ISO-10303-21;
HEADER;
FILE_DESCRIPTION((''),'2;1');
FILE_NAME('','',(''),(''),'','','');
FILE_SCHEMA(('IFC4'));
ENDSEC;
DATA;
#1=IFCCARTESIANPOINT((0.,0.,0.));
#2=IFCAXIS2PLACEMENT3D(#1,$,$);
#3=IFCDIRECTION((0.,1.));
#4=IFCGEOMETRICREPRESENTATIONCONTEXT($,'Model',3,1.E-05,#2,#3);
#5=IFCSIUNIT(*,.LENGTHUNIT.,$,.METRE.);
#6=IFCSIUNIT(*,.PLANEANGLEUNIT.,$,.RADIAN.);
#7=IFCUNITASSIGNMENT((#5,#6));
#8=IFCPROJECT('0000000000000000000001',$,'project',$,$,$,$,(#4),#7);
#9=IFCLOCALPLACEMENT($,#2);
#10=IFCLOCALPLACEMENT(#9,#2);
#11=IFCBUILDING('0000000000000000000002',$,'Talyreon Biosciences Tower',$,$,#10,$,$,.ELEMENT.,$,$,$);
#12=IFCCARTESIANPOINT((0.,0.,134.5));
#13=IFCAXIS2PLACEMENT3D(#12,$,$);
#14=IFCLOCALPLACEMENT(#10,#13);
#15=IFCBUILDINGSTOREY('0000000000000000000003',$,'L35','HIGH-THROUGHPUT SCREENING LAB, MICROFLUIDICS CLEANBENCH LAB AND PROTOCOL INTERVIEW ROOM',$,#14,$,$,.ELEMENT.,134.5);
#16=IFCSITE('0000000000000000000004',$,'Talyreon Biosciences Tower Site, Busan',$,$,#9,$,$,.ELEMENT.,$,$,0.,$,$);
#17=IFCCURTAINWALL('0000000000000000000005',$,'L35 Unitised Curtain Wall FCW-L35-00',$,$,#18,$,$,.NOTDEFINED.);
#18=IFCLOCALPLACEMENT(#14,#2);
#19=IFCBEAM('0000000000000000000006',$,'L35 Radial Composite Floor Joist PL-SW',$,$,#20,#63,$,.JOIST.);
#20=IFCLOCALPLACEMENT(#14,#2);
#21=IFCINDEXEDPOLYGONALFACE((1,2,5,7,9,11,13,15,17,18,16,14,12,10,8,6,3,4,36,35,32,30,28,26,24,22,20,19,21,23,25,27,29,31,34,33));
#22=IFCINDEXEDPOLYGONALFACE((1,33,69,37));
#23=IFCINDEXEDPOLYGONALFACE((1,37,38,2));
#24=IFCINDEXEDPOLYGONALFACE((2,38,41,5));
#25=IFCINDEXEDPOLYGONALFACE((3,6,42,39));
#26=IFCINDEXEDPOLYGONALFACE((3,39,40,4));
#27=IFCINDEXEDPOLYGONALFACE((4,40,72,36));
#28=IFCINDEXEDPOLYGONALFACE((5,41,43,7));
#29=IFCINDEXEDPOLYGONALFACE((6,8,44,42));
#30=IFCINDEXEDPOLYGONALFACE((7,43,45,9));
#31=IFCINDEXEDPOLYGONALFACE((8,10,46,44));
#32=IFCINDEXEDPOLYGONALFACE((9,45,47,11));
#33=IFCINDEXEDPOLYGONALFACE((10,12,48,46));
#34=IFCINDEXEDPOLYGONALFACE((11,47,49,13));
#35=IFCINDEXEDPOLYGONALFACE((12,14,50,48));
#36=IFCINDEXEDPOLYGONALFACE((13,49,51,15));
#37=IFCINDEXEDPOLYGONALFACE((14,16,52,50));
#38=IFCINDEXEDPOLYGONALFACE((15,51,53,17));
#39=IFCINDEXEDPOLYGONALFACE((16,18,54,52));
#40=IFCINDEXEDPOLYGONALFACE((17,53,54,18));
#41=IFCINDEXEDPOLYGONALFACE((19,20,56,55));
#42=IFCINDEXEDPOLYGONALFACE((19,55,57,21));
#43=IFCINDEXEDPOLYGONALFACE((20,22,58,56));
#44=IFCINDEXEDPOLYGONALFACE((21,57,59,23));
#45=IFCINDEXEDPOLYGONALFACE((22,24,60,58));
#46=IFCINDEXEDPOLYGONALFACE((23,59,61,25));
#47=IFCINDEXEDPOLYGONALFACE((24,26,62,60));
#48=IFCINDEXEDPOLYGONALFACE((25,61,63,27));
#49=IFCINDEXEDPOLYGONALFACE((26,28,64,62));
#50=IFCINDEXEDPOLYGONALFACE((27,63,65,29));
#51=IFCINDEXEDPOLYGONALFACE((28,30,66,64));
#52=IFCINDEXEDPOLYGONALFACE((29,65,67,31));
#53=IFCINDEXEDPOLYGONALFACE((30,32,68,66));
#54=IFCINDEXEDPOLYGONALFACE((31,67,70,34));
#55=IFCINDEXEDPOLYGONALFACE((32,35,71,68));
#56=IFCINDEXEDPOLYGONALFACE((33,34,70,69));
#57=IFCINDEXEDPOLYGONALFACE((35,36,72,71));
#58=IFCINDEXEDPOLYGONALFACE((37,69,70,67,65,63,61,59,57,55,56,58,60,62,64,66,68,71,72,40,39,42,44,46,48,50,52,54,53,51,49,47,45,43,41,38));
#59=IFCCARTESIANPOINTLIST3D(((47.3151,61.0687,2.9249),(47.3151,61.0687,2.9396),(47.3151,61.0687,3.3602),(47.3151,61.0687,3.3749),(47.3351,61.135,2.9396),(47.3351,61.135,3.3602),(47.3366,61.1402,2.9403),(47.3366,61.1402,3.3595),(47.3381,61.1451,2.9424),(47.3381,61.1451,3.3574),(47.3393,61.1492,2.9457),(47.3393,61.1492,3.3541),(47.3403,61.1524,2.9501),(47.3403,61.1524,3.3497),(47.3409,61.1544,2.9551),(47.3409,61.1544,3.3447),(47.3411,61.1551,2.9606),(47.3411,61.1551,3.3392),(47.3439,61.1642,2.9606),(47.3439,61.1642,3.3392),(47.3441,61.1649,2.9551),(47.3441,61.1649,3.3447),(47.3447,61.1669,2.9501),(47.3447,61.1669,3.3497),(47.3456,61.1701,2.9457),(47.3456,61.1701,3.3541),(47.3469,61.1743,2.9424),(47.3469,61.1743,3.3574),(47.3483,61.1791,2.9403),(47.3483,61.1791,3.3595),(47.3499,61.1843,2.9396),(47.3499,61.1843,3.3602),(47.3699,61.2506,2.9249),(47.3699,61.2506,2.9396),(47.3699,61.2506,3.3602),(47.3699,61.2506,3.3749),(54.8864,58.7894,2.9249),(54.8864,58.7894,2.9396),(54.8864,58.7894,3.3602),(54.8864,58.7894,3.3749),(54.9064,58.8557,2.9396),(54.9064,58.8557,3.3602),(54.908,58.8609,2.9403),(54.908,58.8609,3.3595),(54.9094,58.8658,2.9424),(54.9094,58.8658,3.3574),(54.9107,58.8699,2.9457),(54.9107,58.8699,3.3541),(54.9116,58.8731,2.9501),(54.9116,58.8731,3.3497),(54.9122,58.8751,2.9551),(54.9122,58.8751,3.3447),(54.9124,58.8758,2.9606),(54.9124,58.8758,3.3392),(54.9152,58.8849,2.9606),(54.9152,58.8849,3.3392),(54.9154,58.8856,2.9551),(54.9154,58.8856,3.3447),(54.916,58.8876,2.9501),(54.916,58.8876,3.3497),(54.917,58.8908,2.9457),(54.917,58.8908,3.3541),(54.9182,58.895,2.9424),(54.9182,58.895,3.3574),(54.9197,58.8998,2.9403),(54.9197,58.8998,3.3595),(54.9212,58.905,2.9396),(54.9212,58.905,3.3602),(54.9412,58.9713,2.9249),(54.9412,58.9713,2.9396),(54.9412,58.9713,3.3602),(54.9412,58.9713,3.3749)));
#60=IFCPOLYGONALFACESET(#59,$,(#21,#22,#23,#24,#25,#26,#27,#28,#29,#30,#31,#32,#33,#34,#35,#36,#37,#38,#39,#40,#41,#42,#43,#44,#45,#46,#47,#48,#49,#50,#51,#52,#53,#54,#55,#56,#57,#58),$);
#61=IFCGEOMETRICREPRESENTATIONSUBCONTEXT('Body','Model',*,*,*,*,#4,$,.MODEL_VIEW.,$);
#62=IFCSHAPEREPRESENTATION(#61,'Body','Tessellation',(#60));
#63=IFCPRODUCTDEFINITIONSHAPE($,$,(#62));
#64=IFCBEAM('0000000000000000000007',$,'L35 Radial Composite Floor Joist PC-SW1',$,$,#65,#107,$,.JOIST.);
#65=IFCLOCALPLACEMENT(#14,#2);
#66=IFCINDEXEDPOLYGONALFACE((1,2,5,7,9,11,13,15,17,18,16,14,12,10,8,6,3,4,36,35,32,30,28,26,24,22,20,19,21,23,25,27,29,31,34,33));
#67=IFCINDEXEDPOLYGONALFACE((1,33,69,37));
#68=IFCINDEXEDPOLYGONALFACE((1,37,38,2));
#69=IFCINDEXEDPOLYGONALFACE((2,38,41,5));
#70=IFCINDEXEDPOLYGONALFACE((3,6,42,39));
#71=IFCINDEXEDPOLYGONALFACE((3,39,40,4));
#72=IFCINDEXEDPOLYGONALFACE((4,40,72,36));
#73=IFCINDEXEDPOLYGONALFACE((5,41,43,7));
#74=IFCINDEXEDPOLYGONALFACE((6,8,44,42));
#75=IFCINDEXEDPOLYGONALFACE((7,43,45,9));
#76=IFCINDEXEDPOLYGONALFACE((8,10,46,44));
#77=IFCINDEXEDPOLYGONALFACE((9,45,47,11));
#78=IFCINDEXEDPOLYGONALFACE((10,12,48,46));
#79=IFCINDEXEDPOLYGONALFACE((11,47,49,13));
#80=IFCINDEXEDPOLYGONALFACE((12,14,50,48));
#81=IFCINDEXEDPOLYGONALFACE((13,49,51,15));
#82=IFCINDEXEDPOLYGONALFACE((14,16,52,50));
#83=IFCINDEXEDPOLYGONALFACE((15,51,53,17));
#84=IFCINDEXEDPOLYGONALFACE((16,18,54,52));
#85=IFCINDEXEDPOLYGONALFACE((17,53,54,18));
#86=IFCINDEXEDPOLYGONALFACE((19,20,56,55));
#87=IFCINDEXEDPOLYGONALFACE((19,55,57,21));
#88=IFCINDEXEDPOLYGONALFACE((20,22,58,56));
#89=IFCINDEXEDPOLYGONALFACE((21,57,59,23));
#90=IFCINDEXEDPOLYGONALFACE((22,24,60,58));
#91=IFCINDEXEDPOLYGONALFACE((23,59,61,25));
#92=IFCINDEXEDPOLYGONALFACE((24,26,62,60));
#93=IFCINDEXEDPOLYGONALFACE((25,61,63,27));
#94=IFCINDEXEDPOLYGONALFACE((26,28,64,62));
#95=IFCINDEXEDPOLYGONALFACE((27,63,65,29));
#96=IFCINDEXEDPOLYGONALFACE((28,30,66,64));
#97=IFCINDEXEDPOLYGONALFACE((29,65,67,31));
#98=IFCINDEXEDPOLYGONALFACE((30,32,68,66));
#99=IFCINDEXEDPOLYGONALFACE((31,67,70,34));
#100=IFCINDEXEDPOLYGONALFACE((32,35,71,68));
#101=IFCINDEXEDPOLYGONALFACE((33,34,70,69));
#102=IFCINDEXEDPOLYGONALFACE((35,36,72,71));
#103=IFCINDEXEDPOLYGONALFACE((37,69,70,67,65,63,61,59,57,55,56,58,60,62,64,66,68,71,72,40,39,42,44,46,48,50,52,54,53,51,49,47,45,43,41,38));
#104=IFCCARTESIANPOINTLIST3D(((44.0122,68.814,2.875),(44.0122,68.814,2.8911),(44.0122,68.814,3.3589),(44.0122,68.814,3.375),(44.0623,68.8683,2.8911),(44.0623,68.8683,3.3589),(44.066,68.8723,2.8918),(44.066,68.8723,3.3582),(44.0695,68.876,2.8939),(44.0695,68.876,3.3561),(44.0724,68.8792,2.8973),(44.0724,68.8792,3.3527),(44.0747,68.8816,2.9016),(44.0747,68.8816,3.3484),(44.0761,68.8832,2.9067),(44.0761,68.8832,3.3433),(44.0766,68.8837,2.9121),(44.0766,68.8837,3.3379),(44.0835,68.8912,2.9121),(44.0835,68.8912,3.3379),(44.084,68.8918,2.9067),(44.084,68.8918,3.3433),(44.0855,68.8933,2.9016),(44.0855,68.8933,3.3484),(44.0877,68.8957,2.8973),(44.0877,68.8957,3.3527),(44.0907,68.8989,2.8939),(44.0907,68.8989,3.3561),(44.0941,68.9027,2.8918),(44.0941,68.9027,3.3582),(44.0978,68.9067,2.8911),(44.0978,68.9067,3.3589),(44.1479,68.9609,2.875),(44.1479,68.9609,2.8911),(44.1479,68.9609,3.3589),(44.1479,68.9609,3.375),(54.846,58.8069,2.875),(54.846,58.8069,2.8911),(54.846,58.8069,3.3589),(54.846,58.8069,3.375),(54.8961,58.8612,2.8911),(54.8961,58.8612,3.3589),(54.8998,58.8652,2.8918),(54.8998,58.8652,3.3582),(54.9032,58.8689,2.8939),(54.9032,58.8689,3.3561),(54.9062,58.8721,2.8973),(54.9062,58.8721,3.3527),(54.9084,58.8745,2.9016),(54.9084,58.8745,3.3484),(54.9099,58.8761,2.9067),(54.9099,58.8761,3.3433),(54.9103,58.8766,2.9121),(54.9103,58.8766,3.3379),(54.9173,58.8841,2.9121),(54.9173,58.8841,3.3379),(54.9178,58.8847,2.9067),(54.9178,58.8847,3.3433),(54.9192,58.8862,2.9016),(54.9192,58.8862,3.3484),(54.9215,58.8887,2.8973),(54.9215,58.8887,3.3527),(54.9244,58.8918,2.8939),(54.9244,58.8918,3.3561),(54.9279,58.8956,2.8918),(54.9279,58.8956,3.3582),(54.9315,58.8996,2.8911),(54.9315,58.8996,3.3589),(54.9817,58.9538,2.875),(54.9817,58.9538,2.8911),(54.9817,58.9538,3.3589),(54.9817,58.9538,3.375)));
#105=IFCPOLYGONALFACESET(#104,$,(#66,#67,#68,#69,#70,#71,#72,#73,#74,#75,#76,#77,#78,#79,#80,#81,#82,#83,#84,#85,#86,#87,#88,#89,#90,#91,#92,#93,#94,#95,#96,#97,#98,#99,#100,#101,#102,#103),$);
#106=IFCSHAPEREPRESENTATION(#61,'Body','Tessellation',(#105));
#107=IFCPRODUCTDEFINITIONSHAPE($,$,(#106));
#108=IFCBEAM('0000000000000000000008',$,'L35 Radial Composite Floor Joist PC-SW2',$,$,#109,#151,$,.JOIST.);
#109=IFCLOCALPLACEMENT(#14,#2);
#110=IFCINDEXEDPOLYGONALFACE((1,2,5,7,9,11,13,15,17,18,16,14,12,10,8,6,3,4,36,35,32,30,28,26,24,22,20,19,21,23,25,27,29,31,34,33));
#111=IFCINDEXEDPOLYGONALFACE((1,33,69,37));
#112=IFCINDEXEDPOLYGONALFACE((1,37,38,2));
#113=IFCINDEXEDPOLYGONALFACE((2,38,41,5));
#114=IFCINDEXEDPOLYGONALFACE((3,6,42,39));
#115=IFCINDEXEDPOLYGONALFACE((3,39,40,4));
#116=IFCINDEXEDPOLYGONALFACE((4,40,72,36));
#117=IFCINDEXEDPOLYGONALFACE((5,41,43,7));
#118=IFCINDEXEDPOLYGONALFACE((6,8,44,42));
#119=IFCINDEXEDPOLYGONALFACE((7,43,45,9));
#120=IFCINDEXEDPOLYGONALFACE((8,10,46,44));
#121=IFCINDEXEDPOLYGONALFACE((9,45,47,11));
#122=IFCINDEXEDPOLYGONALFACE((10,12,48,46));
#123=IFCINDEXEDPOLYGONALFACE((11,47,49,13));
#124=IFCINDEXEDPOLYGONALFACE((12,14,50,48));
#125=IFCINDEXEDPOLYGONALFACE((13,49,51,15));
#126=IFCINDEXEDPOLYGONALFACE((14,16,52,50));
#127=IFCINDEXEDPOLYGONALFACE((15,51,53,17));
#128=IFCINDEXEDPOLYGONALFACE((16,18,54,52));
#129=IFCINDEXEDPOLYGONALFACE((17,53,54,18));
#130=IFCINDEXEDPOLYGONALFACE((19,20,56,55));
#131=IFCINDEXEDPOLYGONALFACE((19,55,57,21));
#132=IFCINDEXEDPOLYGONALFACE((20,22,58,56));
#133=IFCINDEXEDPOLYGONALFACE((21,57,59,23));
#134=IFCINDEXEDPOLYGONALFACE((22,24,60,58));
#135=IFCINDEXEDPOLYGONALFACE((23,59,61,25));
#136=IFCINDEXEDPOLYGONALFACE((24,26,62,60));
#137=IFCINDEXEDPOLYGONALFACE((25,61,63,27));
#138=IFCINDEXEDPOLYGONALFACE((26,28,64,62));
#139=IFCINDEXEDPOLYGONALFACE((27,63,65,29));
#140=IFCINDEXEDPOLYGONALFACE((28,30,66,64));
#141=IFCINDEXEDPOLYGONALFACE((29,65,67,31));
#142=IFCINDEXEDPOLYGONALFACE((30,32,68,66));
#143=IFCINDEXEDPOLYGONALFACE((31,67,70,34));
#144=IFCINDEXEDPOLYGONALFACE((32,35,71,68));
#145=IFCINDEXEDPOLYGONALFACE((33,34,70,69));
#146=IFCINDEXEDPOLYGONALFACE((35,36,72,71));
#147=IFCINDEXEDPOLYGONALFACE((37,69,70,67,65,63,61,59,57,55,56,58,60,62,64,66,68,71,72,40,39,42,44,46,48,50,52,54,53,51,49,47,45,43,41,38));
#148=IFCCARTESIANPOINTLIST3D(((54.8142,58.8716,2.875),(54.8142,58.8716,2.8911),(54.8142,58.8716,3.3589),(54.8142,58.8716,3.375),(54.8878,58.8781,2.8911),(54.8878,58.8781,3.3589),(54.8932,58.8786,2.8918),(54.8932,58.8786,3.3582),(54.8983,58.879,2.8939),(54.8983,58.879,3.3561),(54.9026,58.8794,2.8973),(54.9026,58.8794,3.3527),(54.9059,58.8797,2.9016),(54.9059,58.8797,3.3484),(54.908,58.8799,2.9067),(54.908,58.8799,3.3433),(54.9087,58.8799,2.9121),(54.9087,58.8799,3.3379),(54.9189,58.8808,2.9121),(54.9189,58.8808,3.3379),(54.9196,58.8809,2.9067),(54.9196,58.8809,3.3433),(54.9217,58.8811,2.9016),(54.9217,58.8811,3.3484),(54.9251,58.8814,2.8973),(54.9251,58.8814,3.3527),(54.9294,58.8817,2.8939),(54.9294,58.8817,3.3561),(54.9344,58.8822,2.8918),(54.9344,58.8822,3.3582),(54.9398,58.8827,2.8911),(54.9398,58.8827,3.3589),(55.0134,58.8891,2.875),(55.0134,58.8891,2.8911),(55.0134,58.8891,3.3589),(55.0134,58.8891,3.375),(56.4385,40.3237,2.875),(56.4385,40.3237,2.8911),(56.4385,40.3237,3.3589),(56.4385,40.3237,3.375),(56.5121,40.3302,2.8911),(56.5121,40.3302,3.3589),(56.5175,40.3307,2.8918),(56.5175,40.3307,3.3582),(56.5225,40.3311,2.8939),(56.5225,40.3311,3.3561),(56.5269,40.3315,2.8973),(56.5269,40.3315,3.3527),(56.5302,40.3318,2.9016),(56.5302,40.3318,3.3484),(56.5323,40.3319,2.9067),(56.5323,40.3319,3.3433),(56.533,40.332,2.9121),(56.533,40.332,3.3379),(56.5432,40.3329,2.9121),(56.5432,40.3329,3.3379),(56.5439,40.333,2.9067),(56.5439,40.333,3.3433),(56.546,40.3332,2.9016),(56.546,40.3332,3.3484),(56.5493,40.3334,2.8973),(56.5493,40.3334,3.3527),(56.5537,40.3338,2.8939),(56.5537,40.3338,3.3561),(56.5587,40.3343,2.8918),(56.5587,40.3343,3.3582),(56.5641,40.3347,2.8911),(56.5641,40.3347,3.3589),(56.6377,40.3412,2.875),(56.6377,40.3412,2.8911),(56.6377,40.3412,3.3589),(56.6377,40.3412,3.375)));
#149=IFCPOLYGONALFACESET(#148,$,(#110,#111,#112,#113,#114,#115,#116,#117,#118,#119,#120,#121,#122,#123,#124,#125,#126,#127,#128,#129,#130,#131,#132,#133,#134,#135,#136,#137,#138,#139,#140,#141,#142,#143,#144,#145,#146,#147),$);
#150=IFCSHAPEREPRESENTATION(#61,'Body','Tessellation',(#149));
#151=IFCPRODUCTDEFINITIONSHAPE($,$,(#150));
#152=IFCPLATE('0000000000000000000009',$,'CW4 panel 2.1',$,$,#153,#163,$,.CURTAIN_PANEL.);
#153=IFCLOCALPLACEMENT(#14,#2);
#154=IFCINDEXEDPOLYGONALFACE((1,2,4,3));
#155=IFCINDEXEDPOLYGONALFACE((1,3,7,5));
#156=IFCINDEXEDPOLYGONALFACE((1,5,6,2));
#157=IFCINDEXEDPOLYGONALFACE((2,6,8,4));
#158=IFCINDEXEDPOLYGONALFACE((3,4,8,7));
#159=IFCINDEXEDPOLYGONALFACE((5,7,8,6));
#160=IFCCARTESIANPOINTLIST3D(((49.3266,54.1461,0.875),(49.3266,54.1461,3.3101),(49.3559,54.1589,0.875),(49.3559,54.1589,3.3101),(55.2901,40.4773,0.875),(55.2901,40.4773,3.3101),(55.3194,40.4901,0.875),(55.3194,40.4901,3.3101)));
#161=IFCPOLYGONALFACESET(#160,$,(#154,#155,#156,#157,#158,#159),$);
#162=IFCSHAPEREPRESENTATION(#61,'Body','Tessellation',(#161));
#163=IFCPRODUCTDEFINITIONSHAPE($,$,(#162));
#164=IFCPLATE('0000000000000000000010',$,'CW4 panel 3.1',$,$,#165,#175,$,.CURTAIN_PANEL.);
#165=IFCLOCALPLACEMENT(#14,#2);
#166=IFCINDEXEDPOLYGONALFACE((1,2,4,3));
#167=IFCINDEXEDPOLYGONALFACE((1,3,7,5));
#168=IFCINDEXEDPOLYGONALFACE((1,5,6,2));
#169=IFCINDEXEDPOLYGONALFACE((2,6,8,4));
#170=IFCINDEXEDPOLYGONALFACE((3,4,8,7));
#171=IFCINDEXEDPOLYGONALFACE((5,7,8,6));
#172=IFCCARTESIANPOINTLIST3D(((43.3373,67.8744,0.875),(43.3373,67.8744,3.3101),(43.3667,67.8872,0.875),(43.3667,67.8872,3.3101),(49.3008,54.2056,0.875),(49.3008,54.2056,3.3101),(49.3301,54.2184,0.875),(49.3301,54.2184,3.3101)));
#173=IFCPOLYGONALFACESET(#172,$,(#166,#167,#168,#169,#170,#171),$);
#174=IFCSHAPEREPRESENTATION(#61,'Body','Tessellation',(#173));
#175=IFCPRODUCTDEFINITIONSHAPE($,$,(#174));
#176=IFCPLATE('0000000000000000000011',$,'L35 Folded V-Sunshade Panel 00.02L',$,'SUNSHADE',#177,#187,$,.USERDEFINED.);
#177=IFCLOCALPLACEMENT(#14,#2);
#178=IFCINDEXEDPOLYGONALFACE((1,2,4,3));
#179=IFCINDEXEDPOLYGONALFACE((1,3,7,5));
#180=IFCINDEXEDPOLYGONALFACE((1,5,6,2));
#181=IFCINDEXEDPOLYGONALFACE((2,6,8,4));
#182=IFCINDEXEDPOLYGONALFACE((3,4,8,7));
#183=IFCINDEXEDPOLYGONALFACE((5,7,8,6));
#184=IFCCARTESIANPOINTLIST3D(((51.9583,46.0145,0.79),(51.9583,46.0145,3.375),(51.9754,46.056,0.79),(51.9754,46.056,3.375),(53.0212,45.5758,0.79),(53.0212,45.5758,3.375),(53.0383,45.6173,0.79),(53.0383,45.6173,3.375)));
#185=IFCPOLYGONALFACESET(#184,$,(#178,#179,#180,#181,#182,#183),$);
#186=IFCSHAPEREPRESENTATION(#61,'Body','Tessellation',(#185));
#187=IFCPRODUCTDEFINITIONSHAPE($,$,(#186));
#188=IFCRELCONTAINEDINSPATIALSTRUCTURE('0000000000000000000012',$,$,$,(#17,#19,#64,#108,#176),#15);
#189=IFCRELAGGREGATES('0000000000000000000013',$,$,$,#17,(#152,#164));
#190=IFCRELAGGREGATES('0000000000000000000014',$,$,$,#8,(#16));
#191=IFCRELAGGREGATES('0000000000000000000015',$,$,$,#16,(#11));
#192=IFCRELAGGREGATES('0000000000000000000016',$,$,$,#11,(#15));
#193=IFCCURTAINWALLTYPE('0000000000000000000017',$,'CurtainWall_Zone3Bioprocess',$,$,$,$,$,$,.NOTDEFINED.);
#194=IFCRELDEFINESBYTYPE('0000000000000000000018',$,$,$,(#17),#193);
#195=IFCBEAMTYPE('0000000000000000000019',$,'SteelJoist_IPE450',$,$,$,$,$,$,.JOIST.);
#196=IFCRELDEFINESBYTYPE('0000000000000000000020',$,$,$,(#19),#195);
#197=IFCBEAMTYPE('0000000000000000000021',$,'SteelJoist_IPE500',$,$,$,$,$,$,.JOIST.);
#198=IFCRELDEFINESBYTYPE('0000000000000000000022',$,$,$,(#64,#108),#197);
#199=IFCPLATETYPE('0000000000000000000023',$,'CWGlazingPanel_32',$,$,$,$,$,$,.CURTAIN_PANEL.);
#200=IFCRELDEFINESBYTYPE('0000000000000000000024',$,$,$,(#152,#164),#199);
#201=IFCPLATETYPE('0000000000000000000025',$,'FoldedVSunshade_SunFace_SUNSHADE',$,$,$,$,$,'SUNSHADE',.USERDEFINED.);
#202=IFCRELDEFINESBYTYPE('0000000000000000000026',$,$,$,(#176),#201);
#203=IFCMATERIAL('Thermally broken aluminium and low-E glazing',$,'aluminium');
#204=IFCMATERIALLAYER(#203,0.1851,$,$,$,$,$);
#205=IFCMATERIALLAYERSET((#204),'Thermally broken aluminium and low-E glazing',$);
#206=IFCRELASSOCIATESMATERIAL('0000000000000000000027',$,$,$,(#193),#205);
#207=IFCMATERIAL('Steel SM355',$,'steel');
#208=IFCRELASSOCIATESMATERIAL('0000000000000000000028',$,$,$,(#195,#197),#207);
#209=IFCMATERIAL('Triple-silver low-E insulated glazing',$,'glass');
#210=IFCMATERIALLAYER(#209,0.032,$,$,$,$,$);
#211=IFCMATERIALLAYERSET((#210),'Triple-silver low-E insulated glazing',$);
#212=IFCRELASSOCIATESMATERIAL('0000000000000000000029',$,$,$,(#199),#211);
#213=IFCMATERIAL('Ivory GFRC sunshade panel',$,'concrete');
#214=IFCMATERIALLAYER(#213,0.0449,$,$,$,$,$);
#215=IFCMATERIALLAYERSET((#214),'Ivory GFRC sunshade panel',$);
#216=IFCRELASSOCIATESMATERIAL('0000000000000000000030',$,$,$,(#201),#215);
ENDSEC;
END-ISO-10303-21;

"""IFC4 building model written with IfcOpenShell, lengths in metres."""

from ifc_helpers import new_model, si_unit, direction, frame, origin, origin_2d, place, context, subcontext, project, spatial, rectangle, i_section, extrude, material, layer, layer_set, material_profile, profile_set, type_object, element, aggregate, save


model = new_model("IFC4")

# Units and contexts
model_context = context("Model", 3, precision=1e-05, world=origin(), true_north=direction((0.0, 1.0)))
body_context = subcontext(model_context, "Body", "Model", "MODEL_VIEW")
ifc_project = project(units=[si_unit("LENGTHUNIT", "METRE"), si_unit("PLANEANGLEUNIT", "RADIAN")], contexts=[model_context])

# Site, building, storey
site_placement = place(None, origin())
site = spatial("IfcSite", under=ifc_project, at=site_placement, Name="Talyreon Biosciences Tower Site, Busan", CompositionType="ELEMENT", RefElevation=0.0)
building_placement = place(site_placement, origin())
building = spatial("IfcBuilding", under=site, at=building_placement, Name="Talyreon Biosciences Tower", CompositionType="ELEMENT")
storey_placement = place(building_placement, frame((0.0, 0.0, 134.5)))
storey = spatial("IfcBuildingStorey", under=building, at=storey_placement, Name="L35", Description="HIGH-THROUGHPUT SCREENING LAB, MICROFLUIDICS CLEANBENCH LAB AND PROTOCOL INTERVIEW ROOM", CompositionType="ELEMENT", Elevation=134.5)

# Curtain wall
ifc_material_1 = material(Name="Thermally broken aluminium and low-E glazing", Category="aluminium")
ifc_layer_1 = layer(ifc_material_1, 0.1851)
ifc_layer_set_1 = layer_set([ifc_layer_1], Name="Thermally broken aluminium and low-E glazing")
curtain_wall_type = type_object("IfcCurtainWallType", Name="CurtainWall_Zone3Bioprocess", PredefinedType="NOTDEFINED", material=ifc_layer_set_1)
curtain_wall_placement = place(storey_placement, origin())
curtain_wall = element("IfcCurtainWall", 1, at=curtain_wall_placement, inside=storey, type_object=curtain_wall_type, Name="L35 Unitised Curtain Wall FCW-L35-00", PredefinedType="NOTDEFINED")

# Beams
ifc_material_2 = material(Name="Steel SM355", Category="steel")
ifc_material_profile_1 = material_profile(ifc_material_2, i_section(OverallWidth=0.1899, OverallDepth=0.45, WebThickness=0.0095, FlangeThickness=0.0146, FilletRadius=0.021, at=origin_2d()), Name="IPE450")
ifc_profile_set_1 = profile_set([ifc_material_profile_1], Name="Steel SM355")
beam_type_1 = type_object("IfcBeamType", Name="SteelJoist_IPE450", PredefinedType="JOIST", material=ifc_profile_set_1)
beam_1_placement = place(storey_placement, frame((54.9138, 58.8804, 3.1499), z_axis=(-0.957551, 0.288266, 0.0), x_axis=(-0.288266, -0.957551, 0.0)))
element("IfcBeam", 2, at=beam_1_placement, inside=storey, type_object=beam_type_1, Name="L35 Radial Composite Floor Joist PL-SW", PredefinedType="JOIST", context=body_context, shape_type="SweptSolid", body=[
    extrude(i_section(OverallWidth=0.1899, OverallDepth=0.45, WebThickness=0.0095, FlangeThickness=0.0146, FilletRadius=0.021, at=origin_2d()), origin(), (0.0, 0.0, 1.0), 7.907),
])
ifc_material_profile_2 = material_profile(ifc_material_2, i_section(OverallWidth=0.2, OverallDepth=0.5, WebThickness=0.0103, FlangeThickness=0.0161, FilletRadius=0.021, at=origin_2d()), Name="IPE500")
ifc_profile_set_2 = profile_set([ifc_material_profile_2], Name="Steel SM355")
beam_type_2 = type_object("IfcBeamType", Name="SteelJoist_IPE500", PredefinedType="JOIST", material=ifc_profile_set_2)
beam_2_placement = place(storey_placement, frame((54.9138, 58.8804, 3.125), z_axis=(-0.734577, 0.678526, 0.0), x_axis=(-0.678526, -0.734577, 0.0)))
element("IfcBeam", 3, at=beam_2_placement, inside=storey, type_object=beam_type_2, Name="L35 Radial Composite Floor Joist PC-SW1", PredefinedType="JOIST", context=body_context, shape_type="SweptSolid", body=[
    extrude(i_section(OverallWidth=0.2, OverallDepth=0.5, WebThickness=0.0103, FlangeThickness=0.0161, FilletRadius=0.021, at=origin_2d()), origin(), (0.0, 0.0, 1.0), 14.7483),
])
beam_3_placement = place(storey_placement, frame((54.9138, 58.8804, 3.125), z_axis=(0.087238, -0.996188, 0.0), x_axis=(0.996188, 0.087238, 0.0)))
element("IfcBeam", 4, at=beam_3_placement, inside=storey, type_object=beam_type_2, Name="L35 Radial Composite Floor Joist PC-SW2", PredefinedType="JOIST", context=body_context, shape_type="SweptSolid", body=[
    extrude(i_section(OverallWidth=0.2, OverallDepth=0.5, WebThickness=0.0103, FlangeThickness=0.0161, FilletRadius=0.021, at=origin_2d()), origin(), (0.0, 0.0, 1.0), 18.6189),
])

# Plates
ifc_material_3 = material(Name="Triple-silver low-E insulated glazing", Category="glass")
ifc_layer_2 = layer(ifc_material_3, 0.032)
ifc_layer_set_2 = layer_set([ifc_layer_2], Name="Triple-silver low-E insulated glazing")
plate_type_1 = type_object("IfcPlateType", Name="CWGlazingPanel_32", PredefinedType="CURTAIN_PANEL", material=ifc_layer_set_2)
plate_1_placement = place(storey_placement, frame((52.323, 47.3181, 0.875), z_axis=(0.0, 0.0, 1.0), x_axis=(-0.399882, 0.916566, 0.0)))
plate_1 = element("IfcPlate", 5, at=plate_1_placement, type_object=plate_type_1, Name="CW4 panel 2.1", PredefinedType="CURTAIN_PANEL", context=body_context, shape_type="SweptSolid", body=[
    extrude(rectangle(XDim=14.9131, YDim=0.032, at=origin_2d()), origin(), (0.0, 0.0, 1.0), 2.4351),
])
plate_2_placement = place(storey_placement, frame((46.3337, 61.0464, 0.875), z_axis=(0.0, 0.0, 1.0), x_axis=(-0.399882, 0.916566, 0.0)))
plate_2 = element("IfcPlate", 6, at=plate_2_placement, type_object=plate_type_1, Name="CW4 panel 3.1", PredefinedType="CURTAIN_PANEL", context=body_context, shape_type="SweptSolid", body=[
    extrude(rectangle(XDim=14.9131, YDim=0.032, at=origin_2d()), origin(), (0.0, 0.0, 1.0), 2.4351),
])
aggregate(curtain_wall, [plate_1, plate_2])

# Plate
ifc_material_4 = material(Name="Ivory GFRC sunshade panel", Category="concrete")
ifc_layer_3 = layer(ifc_material_4, 0.0449)
ifc_layer_set_3 = layer_set([ifc_layer_3], Name="Ivory GFRC sunshade panel")
plate_type_2 = type_object("IfcPlateType", Name="FoldedVSunshade_SunFace_SUNSHADE", ElementType="SUNSHADE", PredefinedType="USERDEFINED", material=ifc_layer_set_3)
for number, where, z_axis, x_axis, name in (
    (7, (52.4983, 45.8159, 0.79), (0.0, 0.0, 1.0), (-0.924353, 0.381538, 0.0), "L35 Folded V-Sunshade Panel 00.02L"),
):
    element("IfcPlate", number, at=place(storey_placement, frame(where, z_axis=z_axis, x_axis=x_axis)), inside=storey, type_object=plate_type_2, Name=name, ObjectType="SUNSHADE", PredefinedType="USERDEFINED", context=body_context, shape_type="SweptSolid", body=[
        extrude(rectangle(XDim=1.1499, YDim=0.0449, at=origin_2d()), origin(), (0.0, 0.0, 1.0), 2.585),
    ])

save(model, "model.ifc")
